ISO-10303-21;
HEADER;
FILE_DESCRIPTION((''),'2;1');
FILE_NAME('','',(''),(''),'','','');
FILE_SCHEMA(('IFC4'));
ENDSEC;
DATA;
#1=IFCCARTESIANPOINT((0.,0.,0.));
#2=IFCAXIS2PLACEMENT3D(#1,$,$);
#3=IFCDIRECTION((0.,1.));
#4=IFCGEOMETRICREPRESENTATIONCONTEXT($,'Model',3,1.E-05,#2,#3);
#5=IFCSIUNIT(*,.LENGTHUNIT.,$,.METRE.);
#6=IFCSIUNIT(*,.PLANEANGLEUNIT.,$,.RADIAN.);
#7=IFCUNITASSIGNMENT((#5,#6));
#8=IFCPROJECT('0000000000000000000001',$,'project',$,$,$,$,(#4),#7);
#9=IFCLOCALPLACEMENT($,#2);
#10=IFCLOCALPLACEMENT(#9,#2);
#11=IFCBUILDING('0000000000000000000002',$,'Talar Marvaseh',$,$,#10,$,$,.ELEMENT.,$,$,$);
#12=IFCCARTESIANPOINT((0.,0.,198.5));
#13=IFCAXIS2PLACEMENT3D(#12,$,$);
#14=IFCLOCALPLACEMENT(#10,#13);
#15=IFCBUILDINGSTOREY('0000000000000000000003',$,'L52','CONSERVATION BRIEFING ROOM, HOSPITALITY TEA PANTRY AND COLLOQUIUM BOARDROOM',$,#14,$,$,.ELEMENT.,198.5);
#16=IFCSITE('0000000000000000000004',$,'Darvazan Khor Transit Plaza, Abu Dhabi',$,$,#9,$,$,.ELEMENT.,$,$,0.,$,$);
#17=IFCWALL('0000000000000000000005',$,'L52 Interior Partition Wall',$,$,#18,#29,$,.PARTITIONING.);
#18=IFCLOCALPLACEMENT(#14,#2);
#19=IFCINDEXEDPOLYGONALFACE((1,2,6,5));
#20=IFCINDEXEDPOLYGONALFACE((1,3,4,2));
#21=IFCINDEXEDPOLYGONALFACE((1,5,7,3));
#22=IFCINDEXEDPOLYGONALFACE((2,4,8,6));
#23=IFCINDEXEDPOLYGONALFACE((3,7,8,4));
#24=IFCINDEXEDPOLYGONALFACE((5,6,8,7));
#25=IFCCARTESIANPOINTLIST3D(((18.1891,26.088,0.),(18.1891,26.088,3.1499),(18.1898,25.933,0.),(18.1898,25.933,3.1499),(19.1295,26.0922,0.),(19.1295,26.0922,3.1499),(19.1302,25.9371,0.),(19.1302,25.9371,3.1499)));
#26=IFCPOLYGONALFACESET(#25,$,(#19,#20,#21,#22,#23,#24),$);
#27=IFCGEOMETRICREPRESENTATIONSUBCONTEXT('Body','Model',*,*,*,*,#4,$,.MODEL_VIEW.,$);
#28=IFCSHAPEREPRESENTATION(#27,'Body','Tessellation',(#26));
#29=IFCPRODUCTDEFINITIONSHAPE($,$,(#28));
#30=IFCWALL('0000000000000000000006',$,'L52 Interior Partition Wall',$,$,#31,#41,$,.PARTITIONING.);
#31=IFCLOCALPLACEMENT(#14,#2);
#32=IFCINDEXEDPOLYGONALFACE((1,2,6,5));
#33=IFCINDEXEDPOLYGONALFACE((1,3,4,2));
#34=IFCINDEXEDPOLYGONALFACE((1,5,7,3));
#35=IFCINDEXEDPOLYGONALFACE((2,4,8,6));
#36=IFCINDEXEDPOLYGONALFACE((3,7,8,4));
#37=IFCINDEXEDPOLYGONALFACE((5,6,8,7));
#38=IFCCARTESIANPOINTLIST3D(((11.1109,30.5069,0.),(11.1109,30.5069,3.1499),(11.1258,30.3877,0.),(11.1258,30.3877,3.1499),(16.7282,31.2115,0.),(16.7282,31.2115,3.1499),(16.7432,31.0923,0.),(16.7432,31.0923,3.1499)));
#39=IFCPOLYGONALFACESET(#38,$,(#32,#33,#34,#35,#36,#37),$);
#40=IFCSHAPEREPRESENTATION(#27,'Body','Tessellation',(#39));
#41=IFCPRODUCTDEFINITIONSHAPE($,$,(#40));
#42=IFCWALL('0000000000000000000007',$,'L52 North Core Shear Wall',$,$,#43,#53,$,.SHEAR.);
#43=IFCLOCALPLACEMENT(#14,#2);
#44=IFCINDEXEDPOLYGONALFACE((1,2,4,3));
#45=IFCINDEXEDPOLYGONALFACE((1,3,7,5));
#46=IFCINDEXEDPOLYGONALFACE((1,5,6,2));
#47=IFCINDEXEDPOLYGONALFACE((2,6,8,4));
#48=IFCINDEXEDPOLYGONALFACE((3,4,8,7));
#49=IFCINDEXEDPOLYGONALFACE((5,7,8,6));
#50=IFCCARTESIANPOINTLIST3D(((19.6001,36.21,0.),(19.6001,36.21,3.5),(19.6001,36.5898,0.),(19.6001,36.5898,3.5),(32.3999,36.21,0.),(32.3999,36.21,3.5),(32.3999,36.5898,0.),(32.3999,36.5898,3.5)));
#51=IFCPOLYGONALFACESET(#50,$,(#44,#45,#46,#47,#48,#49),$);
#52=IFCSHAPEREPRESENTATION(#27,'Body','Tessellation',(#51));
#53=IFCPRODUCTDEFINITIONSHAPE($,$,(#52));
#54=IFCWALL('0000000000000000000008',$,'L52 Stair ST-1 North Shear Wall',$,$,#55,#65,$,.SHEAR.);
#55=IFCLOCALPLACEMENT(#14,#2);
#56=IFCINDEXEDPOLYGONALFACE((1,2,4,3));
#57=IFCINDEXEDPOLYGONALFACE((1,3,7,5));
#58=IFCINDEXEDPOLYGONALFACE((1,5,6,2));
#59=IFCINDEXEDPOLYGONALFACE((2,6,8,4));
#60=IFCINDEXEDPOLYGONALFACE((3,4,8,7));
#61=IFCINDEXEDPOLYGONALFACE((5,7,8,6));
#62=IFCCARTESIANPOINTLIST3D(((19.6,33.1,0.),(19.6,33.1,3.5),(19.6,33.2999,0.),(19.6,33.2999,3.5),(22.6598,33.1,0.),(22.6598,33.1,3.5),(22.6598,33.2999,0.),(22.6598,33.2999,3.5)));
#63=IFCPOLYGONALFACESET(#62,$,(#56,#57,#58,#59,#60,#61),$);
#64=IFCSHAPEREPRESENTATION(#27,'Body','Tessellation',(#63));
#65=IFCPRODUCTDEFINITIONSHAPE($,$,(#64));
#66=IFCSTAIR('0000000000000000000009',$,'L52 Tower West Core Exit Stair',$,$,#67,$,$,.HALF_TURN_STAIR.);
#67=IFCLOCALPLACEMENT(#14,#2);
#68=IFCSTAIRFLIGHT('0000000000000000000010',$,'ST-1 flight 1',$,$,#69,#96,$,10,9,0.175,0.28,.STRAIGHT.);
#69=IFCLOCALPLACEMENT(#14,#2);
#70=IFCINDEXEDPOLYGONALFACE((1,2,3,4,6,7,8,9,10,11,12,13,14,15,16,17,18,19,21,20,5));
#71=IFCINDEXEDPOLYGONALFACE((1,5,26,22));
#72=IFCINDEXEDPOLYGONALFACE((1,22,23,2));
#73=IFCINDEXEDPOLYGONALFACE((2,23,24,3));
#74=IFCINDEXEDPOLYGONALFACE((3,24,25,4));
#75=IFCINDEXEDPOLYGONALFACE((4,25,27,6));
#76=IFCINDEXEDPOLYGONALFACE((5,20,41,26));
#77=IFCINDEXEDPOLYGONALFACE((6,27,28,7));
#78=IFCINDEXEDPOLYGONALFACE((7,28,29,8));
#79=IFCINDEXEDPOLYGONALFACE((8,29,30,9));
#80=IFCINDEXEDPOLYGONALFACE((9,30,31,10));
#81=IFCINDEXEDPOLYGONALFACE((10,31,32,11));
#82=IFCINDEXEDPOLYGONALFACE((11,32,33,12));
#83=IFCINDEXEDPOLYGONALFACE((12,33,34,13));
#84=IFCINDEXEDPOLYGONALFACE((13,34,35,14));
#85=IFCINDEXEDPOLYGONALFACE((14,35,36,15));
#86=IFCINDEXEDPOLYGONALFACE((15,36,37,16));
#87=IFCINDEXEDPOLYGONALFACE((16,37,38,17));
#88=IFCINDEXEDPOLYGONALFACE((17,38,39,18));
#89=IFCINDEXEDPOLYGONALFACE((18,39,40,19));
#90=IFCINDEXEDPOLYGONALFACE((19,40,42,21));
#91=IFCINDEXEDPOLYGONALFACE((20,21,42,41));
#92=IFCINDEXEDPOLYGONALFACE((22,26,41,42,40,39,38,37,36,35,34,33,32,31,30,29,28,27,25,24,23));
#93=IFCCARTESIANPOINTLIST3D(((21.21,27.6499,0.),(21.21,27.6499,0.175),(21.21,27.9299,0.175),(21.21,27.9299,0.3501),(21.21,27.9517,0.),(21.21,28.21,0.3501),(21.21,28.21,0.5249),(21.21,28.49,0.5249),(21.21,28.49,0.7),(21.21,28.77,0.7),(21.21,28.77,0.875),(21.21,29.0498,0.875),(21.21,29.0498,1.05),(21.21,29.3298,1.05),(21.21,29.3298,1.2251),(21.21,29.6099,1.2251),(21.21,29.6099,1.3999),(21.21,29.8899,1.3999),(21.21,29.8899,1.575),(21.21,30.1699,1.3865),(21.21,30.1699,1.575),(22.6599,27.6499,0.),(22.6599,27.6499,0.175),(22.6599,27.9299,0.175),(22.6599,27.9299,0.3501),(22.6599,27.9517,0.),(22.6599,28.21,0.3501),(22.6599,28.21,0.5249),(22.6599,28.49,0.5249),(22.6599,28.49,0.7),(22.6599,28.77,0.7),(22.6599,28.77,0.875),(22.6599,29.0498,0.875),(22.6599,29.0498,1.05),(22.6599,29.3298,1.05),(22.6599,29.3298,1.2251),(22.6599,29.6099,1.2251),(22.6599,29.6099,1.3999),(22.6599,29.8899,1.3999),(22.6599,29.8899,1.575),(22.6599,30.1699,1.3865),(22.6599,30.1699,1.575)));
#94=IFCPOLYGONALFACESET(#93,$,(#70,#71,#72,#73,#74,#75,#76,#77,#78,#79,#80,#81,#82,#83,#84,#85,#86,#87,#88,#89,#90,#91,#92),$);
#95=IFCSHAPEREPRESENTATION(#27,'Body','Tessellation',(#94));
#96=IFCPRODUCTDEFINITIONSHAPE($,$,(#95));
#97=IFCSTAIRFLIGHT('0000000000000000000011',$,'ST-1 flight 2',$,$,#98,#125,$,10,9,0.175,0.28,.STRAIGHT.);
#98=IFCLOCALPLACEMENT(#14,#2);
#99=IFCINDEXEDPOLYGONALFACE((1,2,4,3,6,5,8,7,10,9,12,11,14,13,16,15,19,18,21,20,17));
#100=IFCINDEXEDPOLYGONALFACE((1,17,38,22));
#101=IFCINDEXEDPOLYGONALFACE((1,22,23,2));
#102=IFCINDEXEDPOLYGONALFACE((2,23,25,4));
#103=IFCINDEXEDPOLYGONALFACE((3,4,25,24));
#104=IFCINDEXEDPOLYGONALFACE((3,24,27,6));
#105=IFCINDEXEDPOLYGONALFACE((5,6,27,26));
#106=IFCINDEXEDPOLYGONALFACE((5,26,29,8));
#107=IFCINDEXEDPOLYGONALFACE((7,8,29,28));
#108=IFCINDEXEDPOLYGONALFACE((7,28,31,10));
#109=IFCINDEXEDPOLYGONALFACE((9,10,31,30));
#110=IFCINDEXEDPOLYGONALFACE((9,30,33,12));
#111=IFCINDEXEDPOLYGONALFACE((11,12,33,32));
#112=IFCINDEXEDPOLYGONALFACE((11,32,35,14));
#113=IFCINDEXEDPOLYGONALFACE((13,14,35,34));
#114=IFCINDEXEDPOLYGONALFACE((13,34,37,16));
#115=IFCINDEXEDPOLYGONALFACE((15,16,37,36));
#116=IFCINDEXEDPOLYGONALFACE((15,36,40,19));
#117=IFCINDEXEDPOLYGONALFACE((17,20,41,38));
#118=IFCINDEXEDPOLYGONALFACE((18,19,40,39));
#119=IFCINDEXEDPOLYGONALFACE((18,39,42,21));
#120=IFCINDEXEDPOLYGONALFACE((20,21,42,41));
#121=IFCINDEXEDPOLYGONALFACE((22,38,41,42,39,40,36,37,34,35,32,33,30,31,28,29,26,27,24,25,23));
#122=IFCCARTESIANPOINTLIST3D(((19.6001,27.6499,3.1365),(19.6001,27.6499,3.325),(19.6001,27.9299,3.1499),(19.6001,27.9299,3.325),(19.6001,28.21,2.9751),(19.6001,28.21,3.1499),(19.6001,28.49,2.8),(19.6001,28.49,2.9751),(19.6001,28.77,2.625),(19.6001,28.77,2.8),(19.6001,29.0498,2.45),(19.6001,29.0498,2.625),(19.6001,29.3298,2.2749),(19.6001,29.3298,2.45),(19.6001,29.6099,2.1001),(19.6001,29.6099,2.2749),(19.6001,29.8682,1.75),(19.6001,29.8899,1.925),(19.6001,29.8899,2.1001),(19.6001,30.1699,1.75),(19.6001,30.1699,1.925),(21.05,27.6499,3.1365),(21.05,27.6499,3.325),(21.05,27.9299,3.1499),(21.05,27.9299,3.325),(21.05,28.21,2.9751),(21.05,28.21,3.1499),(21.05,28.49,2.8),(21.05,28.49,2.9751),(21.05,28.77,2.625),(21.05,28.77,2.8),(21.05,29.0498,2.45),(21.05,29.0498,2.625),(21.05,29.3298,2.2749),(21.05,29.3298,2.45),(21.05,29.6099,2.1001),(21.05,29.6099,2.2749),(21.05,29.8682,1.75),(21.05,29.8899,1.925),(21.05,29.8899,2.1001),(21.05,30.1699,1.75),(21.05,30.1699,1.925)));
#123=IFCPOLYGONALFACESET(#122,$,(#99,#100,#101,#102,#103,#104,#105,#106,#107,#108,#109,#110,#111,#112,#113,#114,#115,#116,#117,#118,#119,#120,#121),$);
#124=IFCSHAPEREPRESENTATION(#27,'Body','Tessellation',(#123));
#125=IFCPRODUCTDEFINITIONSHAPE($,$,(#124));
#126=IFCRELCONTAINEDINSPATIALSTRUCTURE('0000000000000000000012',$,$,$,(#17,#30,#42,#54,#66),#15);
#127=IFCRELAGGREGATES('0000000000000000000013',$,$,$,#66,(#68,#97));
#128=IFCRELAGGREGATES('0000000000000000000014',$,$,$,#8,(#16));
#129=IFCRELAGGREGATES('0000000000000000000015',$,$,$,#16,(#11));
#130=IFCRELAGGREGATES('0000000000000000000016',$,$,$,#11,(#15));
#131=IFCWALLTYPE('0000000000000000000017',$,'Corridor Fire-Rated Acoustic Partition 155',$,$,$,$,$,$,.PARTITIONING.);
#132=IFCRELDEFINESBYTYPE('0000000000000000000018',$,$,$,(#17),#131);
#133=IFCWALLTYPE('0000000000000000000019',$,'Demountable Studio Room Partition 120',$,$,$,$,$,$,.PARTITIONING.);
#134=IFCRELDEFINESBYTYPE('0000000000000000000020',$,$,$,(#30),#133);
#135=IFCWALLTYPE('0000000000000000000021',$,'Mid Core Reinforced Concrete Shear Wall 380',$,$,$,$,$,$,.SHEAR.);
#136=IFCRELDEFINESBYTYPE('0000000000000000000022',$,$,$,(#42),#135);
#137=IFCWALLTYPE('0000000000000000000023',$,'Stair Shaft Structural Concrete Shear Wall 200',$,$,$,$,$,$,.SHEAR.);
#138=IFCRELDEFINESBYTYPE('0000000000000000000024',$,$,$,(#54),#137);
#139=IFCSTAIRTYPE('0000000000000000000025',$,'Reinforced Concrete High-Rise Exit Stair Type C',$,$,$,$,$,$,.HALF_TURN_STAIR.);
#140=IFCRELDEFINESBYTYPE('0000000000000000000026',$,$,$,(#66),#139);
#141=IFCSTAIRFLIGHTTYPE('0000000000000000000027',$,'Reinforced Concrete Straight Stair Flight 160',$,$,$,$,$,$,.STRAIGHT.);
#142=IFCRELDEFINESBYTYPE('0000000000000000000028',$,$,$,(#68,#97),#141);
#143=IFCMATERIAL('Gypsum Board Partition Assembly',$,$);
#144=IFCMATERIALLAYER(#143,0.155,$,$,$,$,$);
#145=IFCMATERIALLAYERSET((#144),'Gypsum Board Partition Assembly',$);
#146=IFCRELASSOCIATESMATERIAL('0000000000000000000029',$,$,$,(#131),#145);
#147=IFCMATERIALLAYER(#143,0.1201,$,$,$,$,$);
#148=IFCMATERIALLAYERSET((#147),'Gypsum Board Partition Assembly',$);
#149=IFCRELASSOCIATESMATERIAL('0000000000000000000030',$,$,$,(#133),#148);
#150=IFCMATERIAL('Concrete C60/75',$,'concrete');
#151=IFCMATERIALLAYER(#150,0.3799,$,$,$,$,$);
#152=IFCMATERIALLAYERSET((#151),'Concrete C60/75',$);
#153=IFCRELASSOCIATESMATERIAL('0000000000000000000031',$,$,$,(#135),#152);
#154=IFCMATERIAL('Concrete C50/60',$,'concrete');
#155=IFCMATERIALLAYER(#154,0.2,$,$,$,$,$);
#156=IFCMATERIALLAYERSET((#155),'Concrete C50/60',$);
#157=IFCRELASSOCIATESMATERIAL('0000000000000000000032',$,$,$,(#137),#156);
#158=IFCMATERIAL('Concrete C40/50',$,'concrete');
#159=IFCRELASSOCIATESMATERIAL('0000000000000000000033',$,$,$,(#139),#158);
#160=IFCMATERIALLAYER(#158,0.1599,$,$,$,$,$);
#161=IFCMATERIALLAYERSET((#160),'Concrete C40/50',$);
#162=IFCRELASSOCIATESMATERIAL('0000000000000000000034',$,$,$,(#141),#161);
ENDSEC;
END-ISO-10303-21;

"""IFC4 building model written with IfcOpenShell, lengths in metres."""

from ifc_helpers import new_model, si_unit, direction, frame, frame_2d, origin, place, context, subcontext, project, spatial, polyline, rectangle, outline, extrude, material, layer, layer_set, type_object, element, aggregate, save


model = new_model("IFC4")

# Units and contexts
model_context = context("Model", 3, precision=1e-05, world=origin(), true_north=direction((0.0, 1.0)))
body_context = subcontext(model_context, "Body", "Model", "MODEL_VIEW")
ifc_project = project(units=[si_unit("LENGTHUNIT", "METRE"), si_unit("PLANEANGLEUNIT", "RADIAN")], contexts=[model_context])

# Site, building, storey
site_placement = place(None, origin())
site = spatial("IfcSite", under=ifc_project, at=site_placement, Name="Darvazan Khor Transit Plaza, Abu Dhabi", CompositionType="ELEMENT", RefElevation=0.0)
building_placement = place(site_placement, origin())
building = spatial("IfcBuilding", under=site, at=building_placement, Name="Talar Marvaseh", CompositionType="ELEMENT")
storey_placement = place(building_placement, frame((0.0, 0.0, 198.5)))
storey = spatial("IfcBuildingStorey", under=building, at=storey_placement, Name="L52", Description="CONSERVATION BRIEFING ROOM, HOSPITALITY TEA PANTRY AND COLLOQUIUM BOARDROOM", CompositionType="ELEMENT", Elevation=198.5)

# Shared definitions
ifc_material_1 = material(Name="Concrete C60/75", Category="concrete")

# Walls
ifc_material_2 = material(Name="Gypsum Board Partition Assembly")
ifc_layer_1 = layer(ifc_material_2, 0.155)
ifc_layer_set_1 = layer_set([ifc_layer_1], Name="Gypsum Board Partition Assembly")
wall_type_1 = type_object("IfcWallType", Name="Corridor Fire-Rated Acoustic Partition 155", PredefinedType="PARTITIONING", material=ifc_layer_set_1)
wall_1_placement = place(storey_placement, frame((19.1299, 26.0146, 0.0), z_axis=(0.0, 0.0, 1.0), x_axis=(-0.99999, -0.004413, 0.0)))
element("IfcWall", 1, at=wall_1_placement, inside=storey, type_object=wall_type_1, Name="L52 Interior Partition Wall", PredefinedType="PARTITIONING", context=body_context, shape_type="SweptSolid", body=[
    extrude(rectangle(XDim=0.9404, YDim=0.155, at=frame_2d((0.4702, 0.0))), origin(), (0.0, 0.0, 1.0), 3.1499),
])
ifc_layer_2 = layer(ifc_material_2, 0.1201)
ifc_layer_set_2 = layer_set([ifc_layer_2], Name="Gypsum Board Partition Assembly")
wall_type_2 = type_object("IfcWallType", Name="Demountable Studio Room Partition 120", PredefinedType="PARTITIONING", material=ifc_layer_set_2)
wall_2_placement = place(storey_placement, frame((16.7356, 31.1519, 0.0), z_axis=(0.0, 0.0, 1.0), x_axis=(-0.992225, -0.124454, 0.0)))
element("IfcWall", 2, at=wall_2_placement, inside=storey, type_object=wall_type_2, Name="L52 Interior Partition Wall", PredefinedType="PARTITIONING", context=body_context, shape_type="SweptSolid", body=[
    extrude(rectangle(XDim=5.6614, YDim=0.1201, at=frame_2d((2.8306, 0.0))), origin(), (0.0, 0.0, 1.0), 3.1499),
])
ifc_layer_3 = layer(ifc_material_1, 0.3799)
ifc_layer_set_3 = layer_set([ifc_layer_3], Name="Concrete C60/75")
wall_type_3 = type_object("IfcWallType", Name="Mid Core Reinforced Concrete Shear Wall 380", PredefinedType="SHEAR", material=ifc_layer_set_3)
wall_3_placement = place(storey_placement, frame((19.6001, 36.3999, 0.0), z_axis=(0.0, 0.0, 1.0), x_axis=(1.0, 0.0, 0.0)))
element("IfcWall", 3, at=wall_3_placement, inside=storey, type_object=wall_type_3, Name="L52 North Core Shear Wall", PredefinedType="SHEAR", context=body_context, shape_type="SweptSolid", body=[
    extrude(rectangle(XDim=12.7998, YDim=0.3799, at=frame_2d((6.3999, 0.0))), origin(), (0.0, 0.0, 1.0), 3.5),
])
ifc_material_3 = material(Name="Concrete C50/60", Category="concrete")
ifc_layer_4 = layer(ifc_material_3, 0.2)
ifc_layer_set_4 = layer_set([ifc_layer_4], Name="Concrete C50/60")
wall_type_4 = type_object("IfcWallType", Name="Stair Shaft Structural Concrete Shear Wall 200", PredefinedType="SHEAR", material=ifc_layer_set_4)
wall_4_placement = place(storey_placement, frame((19.6001, 33.2, 0.0), z_axis=(0.0, 0.0, 1.0), x_axis=(1.0, 0.0, 0.0)))
element("IfcWall", 4, at=wall_4_placement, inside=storey, type_object=wall_type_4, Name="L52 Stair ST-1 North Shear Wall", PredefinedType="SHEAR", context=body_context, shape_type="SweptSolid", body=[
    extrude(rectangle(XDim=3.0598, YDim=0.2, at=frame_2d((1.5298, 0.0))), origin(), (0.0, 0.0, 1.0), 3.5),
])

# Stair, stair flights
ifc_material_4 = material(Name="Concrete C40/50", Category="concrete")
stair_type = type_object("IfcStairType", Name="Reinforced Concrete High-Rise Exit Stair Type C", PredefinedType="HALF_TURN_STAIR", material=ifc_material_4)
stair_placement = place(storey_placement, origin())
stair = element("IfcStair", 5, at=stair_placement, inside=storey, type_object=stair_type, Name="L52 Tower West Core Exit Stair", PredefinedType="HALF_TURN_STAIR")
ifc_layer_5 = layer(ifc_material_4, 0.1599)
ifc_layer_set_5 = layer_set([ifc_layer_5], Name="Concrete C40/50")
stair_flight_type = type_object("IfcStairFlightType", Name="Reinforced Concrete Straight Stair Flight 160", PredefinedType="STRAIGHT", material=ifc_layer_set_5)
stair_flight_1_placement = place(storey_placement, frame((21.9351, 27.6499, 0.0), z_axis=(0.0, 0.0, 1.0), x_axis=(0.0, 1.0, 0.0)))
stair_flight_1 = element("IfcStairFlight", 6, at=stair_flight_1_placement, type_object=stair_flight_type, Name="ST-1 flight 1", NumberOfRisers=10, NumberOfTreads=9, PredefinedType="STRAIGHT", RiserHeight=0.175, TreadLength=0.28, context=body_context, shape_type="SweptSolid", body=[
    extrude(outline(polyline([(0.0, 0.0), (0.0, 0.175), (0.28, 0.175), (0.28, 0.3501), (0.5601, 0.3501), (0.5601, 0.5249), (0.8401, 0.5249), (0.8401, 0.7), (1.1201, 0.7), (1.1201, 0.875), (1.3999, 0.875), (1.3999, 1.05), (1.6799, 1.05), (1.6799, 1.2251), (1.96, 1.2251), (1.96, 1.3999), (2.24, 1.3999), (2.24, 1.575), (2.52, 1.575), (2.52, 1.75), (2.52, 1.3865), (0.3018, 0.0), (0.0, 0.0)])), frame((0.0, 0.7251, 0.0), z_axis=(0.0, -1.0, 0.0), x_axis=(1.0, 0.0, 0.0)), (0.0, 0.0, 1.0), 1.45),
])
stair_flight_2_placement = place(storey_placement, frame((20.325, 30.1699, 1.75), z_axis=(0.0, 0.0, 1.0), x_axis=(0.0, -1.0, 0.0)))
stair_flight_2 = element("IfcStairFlight", 7, at=stair_flight_2_placement, type_object=stair_flight_type, Name="ST-1 flight 2", NumberOfRisers=10, NumberOfTreads=9, PredefinedType="STRAIGHT", RiserHeight=0.175, TreadLength=0.28, context=body_context, shape_type="SweptSolid", body=[
    extrude(outline(polyline([(0.0, 0.0), (0.0, 0.175), (0.28, 0.175), (0.28, 0.3501), (0.5601, 0.3501), (0.5601, 0.5249), (0.8401, 0.5249), (0.8401, 0.7), (1.1201, 0.7), (1.1201, 0.875), (1.3999, 0.875), (1.3999, 1.05), (1.6799, 1.05), (1.6799, 1.2251), (1.96, 1.2251), (1.96, 1.3999), (2.24, 1.3999), (2.24, 1.575), (2.52, 1.575), (2.52, 1.75), (2.52, 1.3865), (0.3018, 0.0), (0.0, 0.0)])), frame((0.0, 0.7251, 0.0), z_axis=(0.0, -1.0, 0.0), x_axis=(1.0, 0.0, 0.0)), (0.0, 0.0, 1.0), 1.45),
])
aggregate(stair, [stair_flight_1, stair_flight_2])

save(model, "model.ifc")
